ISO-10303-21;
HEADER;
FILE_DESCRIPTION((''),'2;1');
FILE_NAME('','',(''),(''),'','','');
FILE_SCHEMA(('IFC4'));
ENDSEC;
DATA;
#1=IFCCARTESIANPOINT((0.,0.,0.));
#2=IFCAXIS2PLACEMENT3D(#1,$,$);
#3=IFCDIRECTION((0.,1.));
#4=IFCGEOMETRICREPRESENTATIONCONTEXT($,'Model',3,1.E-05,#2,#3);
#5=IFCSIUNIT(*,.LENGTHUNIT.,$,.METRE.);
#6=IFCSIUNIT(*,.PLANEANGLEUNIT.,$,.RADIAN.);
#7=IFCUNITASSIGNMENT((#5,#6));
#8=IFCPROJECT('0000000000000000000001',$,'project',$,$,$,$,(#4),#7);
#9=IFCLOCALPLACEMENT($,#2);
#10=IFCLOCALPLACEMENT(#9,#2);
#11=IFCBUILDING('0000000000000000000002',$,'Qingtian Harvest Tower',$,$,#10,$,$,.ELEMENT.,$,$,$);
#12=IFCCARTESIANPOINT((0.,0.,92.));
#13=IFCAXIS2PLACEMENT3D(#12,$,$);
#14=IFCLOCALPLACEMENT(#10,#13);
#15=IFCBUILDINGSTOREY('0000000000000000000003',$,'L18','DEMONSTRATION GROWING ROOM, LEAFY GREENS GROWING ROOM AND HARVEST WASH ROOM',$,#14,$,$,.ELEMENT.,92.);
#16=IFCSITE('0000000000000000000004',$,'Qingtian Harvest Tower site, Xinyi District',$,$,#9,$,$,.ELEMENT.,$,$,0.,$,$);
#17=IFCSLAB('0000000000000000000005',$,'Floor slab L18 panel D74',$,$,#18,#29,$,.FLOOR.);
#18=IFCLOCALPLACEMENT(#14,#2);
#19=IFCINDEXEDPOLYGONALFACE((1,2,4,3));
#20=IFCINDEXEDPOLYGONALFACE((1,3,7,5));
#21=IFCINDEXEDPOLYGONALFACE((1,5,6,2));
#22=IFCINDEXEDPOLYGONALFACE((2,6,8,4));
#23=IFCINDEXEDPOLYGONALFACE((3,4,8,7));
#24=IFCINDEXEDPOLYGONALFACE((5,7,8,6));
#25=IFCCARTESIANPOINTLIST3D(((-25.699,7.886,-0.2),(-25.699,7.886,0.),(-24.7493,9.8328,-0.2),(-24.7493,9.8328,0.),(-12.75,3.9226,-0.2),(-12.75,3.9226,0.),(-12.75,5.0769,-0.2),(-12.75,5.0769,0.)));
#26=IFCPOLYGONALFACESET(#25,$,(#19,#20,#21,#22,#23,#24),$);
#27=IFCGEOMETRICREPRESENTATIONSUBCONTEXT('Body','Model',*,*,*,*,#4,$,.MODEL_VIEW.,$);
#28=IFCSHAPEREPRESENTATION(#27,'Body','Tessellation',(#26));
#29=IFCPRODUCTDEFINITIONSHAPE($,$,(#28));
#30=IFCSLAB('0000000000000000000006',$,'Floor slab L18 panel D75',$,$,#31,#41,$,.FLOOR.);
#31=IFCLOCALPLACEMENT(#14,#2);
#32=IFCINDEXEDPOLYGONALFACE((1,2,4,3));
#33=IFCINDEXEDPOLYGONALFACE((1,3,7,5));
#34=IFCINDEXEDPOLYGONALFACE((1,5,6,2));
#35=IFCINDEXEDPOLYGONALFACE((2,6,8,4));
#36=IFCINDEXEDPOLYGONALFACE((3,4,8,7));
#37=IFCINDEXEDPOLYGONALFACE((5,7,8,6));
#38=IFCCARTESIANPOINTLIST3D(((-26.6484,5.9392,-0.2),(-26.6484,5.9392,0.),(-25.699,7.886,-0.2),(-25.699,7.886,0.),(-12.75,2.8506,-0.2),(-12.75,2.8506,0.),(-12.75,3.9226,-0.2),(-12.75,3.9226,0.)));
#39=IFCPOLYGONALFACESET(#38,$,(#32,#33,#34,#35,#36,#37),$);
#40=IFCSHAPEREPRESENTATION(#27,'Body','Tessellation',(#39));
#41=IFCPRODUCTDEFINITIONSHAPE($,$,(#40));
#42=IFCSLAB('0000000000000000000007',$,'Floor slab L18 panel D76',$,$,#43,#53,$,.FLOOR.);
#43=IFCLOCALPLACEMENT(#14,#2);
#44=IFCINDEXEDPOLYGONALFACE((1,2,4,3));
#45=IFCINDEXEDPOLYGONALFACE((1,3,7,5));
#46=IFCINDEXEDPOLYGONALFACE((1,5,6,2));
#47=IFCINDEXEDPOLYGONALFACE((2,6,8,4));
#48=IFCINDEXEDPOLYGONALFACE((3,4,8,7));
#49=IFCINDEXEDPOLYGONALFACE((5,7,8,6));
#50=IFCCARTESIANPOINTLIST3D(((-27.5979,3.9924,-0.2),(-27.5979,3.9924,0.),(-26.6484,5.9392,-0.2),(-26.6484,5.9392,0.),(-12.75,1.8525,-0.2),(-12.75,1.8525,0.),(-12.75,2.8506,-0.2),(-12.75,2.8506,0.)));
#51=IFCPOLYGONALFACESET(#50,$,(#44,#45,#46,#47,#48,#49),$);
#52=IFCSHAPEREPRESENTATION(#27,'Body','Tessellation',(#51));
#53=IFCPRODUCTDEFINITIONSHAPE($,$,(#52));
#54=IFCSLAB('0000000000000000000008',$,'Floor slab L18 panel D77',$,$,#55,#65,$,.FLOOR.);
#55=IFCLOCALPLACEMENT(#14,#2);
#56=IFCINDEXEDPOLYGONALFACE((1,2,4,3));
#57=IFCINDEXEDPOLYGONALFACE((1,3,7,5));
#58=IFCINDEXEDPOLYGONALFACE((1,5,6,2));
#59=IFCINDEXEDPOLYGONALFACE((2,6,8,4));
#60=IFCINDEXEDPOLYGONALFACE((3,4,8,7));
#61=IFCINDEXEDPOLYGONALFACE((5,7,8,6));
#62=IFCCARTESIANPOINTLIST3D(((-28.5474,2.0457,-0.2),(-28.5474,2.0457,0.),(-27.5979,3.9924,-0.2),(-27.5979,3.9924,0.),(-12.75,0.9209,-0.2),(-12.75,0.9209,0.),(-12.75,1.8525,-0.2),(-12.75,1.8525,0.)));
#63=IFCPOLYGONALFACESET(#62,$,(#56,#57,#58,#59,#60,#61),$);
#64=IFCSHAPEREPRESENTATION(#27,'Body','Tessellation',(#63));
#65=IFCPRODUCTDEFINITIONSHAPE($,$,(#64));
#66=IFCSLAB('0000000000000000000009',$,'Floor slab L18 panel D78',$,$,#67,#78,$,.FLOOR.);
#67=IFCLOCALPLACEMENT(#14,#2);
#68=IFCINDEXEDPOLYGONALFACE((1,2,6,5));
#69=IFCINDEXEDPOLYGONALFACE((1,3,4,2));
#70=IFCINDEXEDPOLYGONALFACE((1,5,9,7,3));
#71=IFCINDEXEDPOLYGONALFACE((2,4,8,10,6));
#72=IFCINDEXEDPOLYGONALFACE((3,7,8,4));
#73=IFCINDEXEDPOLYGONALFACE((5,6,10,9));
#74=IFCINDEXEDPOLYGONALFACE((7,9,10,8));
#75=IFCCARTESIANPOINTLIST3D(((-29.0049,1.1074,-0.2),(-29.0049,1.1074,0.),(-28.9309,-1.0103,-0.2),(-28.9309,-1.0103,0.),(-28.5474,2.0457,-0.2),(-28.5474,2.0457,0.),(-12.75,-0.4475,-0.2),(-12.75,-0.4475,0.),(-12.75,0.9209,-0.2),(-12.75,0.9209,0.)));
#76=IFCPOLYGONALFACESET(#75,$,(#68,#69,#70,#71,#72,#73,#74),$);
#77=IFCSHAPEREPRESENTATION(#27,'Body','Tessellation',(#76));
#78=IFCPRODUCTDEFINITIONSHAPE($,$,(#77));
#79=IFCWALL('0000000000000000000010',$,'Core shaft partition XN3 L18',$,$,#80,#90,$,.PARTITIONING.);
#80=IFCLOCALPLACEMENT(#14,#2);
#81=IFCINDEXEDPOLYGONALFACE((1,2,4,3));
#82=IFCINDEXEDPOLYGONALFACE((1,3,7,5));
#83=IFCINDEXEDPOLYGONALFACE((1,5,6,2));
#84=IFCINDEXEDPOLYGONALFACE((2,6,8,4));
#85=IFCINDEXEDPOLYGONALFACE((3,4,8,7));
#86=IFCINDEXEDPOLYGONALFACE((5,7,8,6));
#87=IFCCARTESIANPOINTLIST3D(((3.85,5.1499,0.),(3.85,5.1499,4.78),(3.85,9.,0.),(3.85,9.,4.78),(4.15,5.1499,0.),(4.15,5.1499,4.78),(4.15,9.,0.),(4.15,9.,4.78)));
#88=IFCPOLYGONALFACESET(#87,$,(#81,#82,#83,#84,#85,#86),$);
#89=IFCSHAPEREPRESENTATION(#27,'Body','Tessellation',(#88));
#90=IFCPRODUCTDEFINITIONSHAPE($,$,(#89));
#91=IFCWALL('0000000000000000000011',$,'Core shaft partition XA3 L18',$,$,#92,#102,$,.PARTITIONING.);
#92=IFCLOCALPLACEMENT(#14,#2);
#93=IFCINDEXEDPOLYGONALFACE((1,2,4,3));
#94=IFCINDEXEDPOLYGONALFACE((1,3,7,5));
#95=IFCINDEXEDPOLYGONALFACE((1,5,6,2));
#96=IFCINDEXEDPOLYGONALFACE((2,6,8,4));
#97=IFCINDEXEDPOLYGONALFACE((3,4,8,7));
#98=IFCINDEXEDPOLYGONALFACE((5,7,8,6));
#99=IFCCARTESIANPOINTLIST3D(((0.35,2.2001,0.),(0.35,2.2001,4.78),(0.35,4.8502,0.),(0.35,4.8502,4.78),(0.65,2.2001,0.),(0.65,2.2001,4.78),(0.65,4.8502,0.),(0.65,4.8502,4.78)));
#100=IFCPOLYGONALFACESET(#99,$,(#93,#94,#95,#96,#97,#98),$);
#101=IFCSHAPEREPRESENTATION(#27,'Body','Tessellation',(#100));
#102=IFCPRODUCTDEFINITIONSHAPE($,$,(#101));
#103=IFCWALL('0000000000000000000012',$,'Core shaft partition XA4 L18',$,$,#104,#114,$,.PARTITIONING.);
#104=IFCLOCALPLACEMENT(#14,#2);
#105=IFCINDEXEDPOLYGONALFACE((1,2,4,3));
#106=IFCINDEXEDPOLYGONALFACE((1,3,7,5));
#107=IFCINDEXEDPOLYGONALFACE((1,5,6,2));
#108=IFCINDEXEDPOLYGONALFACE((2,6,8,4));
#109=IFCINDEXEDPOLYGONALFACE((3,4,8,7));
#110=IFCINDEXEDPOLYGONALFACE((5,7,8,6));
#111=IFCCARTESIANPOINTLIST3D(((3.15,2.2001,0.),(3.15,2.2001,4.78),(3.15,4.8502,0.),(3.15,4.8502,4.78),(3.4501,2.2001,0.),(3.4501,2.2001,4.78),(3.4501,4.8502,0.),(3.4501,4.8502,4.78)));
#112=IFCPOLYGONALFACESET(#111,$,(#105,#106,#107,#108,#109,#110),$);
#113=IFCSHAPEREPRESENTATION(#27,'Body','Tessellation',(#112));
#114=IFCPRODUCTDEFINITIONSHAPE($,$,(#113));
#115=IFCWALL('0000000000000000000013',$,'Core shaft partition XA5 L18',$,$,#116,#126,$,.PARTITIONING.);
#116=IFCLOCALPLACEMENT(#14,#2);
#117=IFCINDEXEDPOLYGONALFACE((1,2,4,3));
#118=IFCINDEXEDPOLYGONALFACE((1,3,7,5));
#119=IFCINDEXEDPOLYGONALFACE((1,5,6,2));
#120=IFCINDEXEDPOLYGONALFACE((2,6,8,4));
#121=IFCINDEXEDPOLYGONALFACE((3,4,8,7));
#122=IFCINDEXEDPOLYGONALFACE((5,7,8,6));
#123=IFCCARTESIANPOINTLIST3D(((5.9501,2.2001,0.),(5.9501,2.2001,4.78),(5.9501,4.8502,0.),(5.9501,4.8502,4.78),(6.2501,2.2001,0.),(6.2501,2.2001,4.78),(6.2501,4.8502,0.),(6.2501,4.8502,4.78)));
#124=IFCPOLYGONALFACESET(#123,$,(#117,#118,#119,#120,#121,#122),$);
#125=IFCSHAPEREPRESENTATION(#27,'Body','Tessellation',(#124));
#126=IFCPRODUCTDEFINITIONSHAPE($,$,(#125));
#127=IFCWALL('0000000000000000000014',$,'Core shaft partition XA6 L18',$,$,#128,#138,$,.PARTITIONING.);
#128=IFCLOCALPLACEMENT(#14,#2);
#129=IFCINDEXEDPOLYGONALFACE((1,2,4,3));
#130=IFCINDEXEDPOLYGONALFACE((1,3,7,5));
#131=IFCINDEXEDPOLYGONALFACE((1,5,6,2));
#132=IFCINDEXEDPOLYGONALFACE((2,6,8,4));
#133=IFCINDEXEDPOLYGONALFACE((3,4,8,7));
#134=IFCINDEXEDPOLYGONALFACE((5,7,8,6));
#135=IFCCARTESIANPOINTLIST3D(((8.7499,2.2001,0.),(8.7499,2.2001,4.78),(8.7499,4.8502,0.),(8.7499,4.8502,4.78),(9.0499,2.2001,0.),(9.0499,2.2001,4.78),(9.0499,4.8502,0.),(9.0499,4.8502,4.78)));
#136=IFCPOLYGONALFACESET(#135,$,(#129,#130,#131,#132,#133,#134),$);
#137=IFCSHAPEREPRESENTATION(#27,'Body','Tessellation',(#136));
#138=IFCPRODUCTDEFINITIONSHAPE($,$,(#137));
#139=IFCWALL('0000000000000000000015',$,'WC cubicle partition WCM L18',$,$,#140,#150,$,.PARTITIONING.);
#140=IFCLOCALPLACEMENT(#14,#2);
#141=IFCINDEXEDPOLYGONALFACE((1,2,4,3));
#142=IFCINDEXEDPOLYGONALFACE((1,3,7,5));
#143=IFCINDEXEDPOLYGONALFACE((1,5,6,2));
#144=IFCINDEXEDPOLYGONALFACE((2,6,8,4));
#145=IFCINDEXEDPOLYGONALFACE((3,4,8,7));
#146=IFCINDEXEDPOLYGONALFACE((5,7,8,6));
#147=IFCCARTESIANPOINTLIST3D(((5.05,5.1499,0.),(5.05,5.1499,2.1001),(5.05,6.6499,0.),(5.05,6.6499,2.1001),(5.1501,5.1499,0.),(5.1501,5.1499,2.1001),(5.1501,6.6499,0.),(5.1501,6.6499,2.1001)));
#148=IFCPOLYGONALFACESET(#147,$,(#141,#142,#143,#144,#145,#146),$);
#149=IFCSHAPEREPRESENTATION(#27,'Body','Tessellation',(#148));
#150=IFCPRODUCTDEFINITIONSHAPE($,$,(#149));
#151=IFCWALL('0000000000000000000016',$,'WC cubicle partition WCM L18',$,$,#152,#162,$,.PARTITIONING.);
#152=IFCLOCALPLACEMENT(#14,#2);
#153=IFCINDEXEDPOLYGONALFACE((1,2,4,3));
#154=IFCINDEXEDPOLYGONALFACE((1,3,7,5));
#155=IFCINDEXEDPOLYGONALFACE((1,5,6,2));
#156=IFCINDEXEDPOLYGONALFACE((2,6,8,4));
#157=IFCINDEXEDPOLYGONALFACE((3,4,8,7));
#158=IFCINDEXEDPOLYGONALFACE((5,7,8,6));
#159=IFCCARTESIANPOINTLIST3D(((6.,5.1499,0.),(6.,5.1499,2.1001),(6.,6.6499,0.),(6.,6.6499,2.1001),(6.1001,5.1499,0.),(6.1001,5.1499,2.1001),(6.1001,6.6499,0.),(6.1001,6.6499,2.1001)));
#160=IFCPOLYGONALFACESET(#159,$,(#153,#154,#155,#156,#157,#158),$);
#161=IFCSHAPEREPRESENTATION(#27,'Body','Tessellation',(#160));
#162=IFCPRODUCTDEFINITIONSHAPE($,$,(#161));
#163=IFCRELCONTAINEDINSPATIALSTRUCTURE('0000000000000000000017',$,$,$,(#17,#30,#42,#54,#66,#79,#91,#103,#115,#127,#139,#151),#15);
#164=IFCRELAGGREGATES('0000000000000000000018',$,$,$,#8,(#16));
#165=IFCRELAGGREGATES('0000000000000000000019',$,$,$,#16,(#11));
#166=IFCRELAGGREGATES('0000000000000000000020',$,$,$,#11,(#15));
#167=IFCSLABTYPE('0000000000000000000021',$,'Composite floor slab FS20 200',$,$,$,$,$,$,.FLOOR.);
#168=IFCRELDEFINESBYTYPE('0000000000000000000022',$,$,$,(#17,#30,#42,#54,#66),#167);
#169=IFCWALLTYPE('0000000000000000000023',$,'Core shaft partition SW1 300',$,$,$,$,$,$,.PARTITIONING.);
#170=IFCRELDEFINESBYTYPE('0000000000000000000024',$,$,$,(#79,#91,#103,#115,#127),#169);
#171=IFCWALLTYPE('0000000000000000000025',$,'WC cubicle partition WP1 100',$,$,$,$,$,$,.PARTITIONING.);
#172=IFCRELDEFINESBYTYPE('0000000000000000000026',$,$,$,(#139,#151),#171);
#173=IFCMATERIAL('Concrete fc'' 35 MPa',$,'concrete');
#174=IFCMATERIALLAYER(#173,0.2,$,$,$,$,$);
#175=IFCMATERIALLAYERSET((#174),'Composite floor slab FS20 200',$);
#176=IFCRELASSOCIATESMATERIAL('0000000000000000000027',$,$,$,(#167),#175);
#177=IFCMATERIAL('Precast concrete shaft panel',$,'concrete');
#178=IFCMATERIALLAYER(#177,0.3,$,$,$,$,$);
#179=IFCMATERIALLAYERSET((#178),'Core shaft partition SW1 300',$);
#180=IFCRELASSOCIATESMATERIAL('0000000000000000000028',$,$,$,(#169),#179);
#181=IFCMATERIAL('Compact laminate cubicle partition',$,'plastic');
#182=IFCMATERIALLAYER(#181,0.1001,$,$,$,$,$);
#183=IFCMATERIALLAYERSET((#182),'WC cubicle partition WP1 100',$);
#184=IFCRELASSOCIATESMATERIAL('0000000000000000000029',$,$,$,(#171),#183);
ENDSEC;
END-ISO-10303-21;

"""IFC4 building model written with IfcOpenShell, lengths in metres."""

from ifc_helpers import new_model, si_unit, direction, frame, frame_2d, origin, place, context, subcontext, project, spatial, polyline, rectangle, outline, extrude, material, layer, layer_set, type_object, element, save


model = new_model("IFC4")

# Units and contexts
model_context = context("Model", 3, precision=1e-05, world=origin(), true_north=direction((0.0, 1.0)))
body_context = subcontext(model_context, "Body", "Model", "MODEL_VIEW")
ifc_project = project(units=[si_unit("LENGTHUNIT", "METRE"), si_unit("PLANEANGLEUNIT", "RADIAN")], contexts=[model_context])

# Site, building, storey
site_placement = place(None, origin())
site = spatial("IfcSite", under=ifc_project, at=site_placement, Name="Qingtian Harvest Tower site, Xinyi District", CompositionType="ELEMENT", RefElevation=0.0)
building_placement = place(site_placement, origin())
building = spatial("IfcBuilding", under=site, at=building_placement, Name="Qingtian Harvest Tower", CompositionType="ELEMENT")
storey_placement = place(building_placement, frame((0.0, 0.0, 92.0)))
storey = spatial("IfcBuildingStorey", under=building, at=storey_placement, Name="L18", Description="DEMONSTRATION GROWING ROOM, LEAFY GREENS GROWING ROOM AND HARVEST WASH ROOM", CompositionType="ELEMENT", Elevation=92.0)

# Slabs
ifc_material_1 = material(Name="Concrete fc' 35 MPa", Category="concrete")
ifc_layer_1 = layer(ifc_material_1, 0.2)
ifc_layer_set_1 = layer_set([ifc_layer_1], Name="Composite floor slab FS20 200")
slab_type = type_object("IfcSlabType", Name="Composite floor slab FS20 200", PredefinedType="FLOOR", material=ifc_layer_set_1)
slab_1_placement = place(storey_placement, frame((0.0, 0.0, -0.2)))
element("IfcSlab", 1, at=slab_1_placement, inside=storey, type_object=slab_type, Name="Floor slab L18 panel D74", PredefinedType="FLOOR", context=body_context, shape_type="SweptSolid", body=[
    extrude(outline(polyline([(-12.75, 3.9226), (-25.699, 7.886), (-24.7493, 9.8328), (-12.75, 5.0769), (-12.75, 3.9226)])), origin(), (0.0, 0.0, 1.0), 0.2),
])
slab_2_placement = place(storey_placement, frame((0.0, 0.0, -0.2)))
element("IfcSlab", 2, at=slab_2_placement, inside=storey, type_object=slab_type, Name="Floor slab L18 panel D75", PredefinedType="FLOOR", context=body_context, shape_type="SweptSolid", body=[
    extrude(outline(polyline([(-12.75, 2.8506), (-26.6484, 5.9392), (-25.699, 7.886), (-12.75, 3.9226), (-12.75, 2.8506)])), origin(), (0.0, 0.0, 1.0), 0.2),
])
slab_3_placement = place(storey_placement, frame((0.0, 0.0, -0.2)))
element("IfcSlab", 3, at=slab_3_placement, inside=storey, type_object=slab_type, Name="Floor slab L18 panel D76", PredefinedType="FLOOR", context=body_context, shape_type="SweptSolid", body=[
    extrude(outline(polyline([(-12.75, 1.8525), (-27.5979, 3.9924), (-26.6484, 5.9392), (-12.75, 2.8506), (-12.75, 1.8525)])), origin(), (0.0, 0.0, 1.0), 0.2),
])
slab_4_placement = place(storey_placement, frame((0.0, 0.0, -0.2)))
element("IfcSlab", 4, at=slab_4_placement, inside=storey, type_object=slab_type, Name="Floor slab L18 panel D77", PredefinedType="FLOOR", context=body_context, shape_type="SweptSolid", body=[
    extrude(outline(polyline([(-12.75, 0.9209), (-28.5474, 2.0457), (-27.5979, 3.9924), (-12.75, 1.8525), (-12.75, 0.9209)])), origin(), (0.0, 0.0, 1.0), 0.2),
])
slab_5_placement = place(storey_placement, frame((0.0, 0.0, -0.2)))
element("IfcSlab", 5, at=slab_5_placement, inside=storey, type_object=slab_type, Name="Floor slab L18 panel D78", PredefinedType="FLOOR", context=body_context, shape_type="SweptSolid", body=[
    extrude(outline(polyline([(-12.75, 0.9209), (-12.75, -0.4475), (-28.9309, -1.0103), (-29.0049, 1.1074), (-28.5474, 2.0457), (-12.75, 0.9209)])), origin(), (0.0, 0.0, 1.0), 0.2),
])

# Shared definitions
ifc_material_2 = material(Name="Precast concrete shaft panel", Category="concrete")
ifc_layer_2 = layer(ifc_material_2, 0.3)
ifc_layer_set_2 = layer_set([ifc_layer_2], Name="Core shaft partition SW1 300")
wall_type_1 = type_object("IfcWallType", Name="Core shaft partition SW1 300", PredefinedType="PARTITIONING", material=ifc_layer_set_2)

# Walls
wall_1_placement = place(storey_placement, frame((4.0, 5.1499, 0.0), z_axis=(0.0, 0.0, 1.0), x_axis=(0.0, 1.0, 0.0)))
element("IfcWall", 6, at=wall_1_placement, inside=storey, type_object=wall_type_1, Name="Core shaft partition XN3 L18", PredefinedType="PARTITIONING", context=body_context, shape_type="SweptSolid", body=[
    extrude(rectangle(XDim=3.8501, YDim=0.3, at=frame_2d((1.925, 0.0))), origin(), (0.0, 0.0, 1.0), 4.78),
])
for number, where, z_axis, x_axis, name in (
    (7, (0.5, 2.2, 0.0), (0.0, 0.0, 1.0), (0.0, 1.0, 0.0), "Core shaft partition XA3 L18"),
    (8, (3.3, 2.2, 0.0), (0.0, 0.0, 1.0), (0.0, 1.0, 0.0), "Core shaft partition XA4 L18"),
    (9, (6.1001, 2.2, 0.0), (0.0, 0.0, 1.0), (0.0, 1.0, 0.0), "Core shaft partition XA5 L18"),
    (10, (8.8999, 2.2, 0.0), (0.0, 0.0, 1.0), (0.0, 1.0, 0.0), "Core shaft partition XA6 L18"),
):
    element("IfcWall", number, at=place(storey_placement, frame(where, z_axis=z_axis, x_axis=x_axis)), inside=storey, type_object=wall_type_1, Name=name, PredefinedType="PARTITIONING", context=body_context, shape_type="SweptSolid", body=[
        extrude(rectangle(XDim=2.6501, YDim=0.3, at=frame_2d((1.3252, 0.0))), origin(), (0.0, 0.0, 1.0), 4.78),
    ])

# Walls
ifc_material_3 = material(Name="Compact laminate cubicle partition", Category="plastic")
ifc_layer_3 = layer(ifc_material_3, 0.1001)
ifc_layer_set_3 = layer_set([ifc_layer_3], Name="WC cubicle partition WP1 100")
wall_type_2 = type_object("IfcWallType", Name="WC cubicle partition WP1 100", PredefinedType="PARTITIONING", material=ifc_layer_set_3)
for number, where, z_axis, x_axis, name in (
    (11, (5.1001, 5.1499, 0.0), (0.0, 0.0, 1.0), (0.0, 1.0, 0.0), "WC cubicle partition WCM L18"),
    (12, (6.05, 5.1499, 0.0), (0.0, 0.0, 1.0), (0.0, 1.0, 0.0), "WC cubicle partition WCM L18"),
):
    element("IfcWall", number, at=place(storey_placement, frame(where, z_axis=z_axis, x_axis=x_axis)), inside=storey, type_object=wall_type_2, Name=name, PredefinedType="PARTITIONING", context=body_context, shape_type="SweptSolid", body=[
        extrude(rectangle(XDim=1.5, YDim=0.1001, at=frame_2d((0.75, 0.0))), origin(), (0.0, 0.0, 1.0), 2.1001),
    ])

save(model, "model.ifc")
